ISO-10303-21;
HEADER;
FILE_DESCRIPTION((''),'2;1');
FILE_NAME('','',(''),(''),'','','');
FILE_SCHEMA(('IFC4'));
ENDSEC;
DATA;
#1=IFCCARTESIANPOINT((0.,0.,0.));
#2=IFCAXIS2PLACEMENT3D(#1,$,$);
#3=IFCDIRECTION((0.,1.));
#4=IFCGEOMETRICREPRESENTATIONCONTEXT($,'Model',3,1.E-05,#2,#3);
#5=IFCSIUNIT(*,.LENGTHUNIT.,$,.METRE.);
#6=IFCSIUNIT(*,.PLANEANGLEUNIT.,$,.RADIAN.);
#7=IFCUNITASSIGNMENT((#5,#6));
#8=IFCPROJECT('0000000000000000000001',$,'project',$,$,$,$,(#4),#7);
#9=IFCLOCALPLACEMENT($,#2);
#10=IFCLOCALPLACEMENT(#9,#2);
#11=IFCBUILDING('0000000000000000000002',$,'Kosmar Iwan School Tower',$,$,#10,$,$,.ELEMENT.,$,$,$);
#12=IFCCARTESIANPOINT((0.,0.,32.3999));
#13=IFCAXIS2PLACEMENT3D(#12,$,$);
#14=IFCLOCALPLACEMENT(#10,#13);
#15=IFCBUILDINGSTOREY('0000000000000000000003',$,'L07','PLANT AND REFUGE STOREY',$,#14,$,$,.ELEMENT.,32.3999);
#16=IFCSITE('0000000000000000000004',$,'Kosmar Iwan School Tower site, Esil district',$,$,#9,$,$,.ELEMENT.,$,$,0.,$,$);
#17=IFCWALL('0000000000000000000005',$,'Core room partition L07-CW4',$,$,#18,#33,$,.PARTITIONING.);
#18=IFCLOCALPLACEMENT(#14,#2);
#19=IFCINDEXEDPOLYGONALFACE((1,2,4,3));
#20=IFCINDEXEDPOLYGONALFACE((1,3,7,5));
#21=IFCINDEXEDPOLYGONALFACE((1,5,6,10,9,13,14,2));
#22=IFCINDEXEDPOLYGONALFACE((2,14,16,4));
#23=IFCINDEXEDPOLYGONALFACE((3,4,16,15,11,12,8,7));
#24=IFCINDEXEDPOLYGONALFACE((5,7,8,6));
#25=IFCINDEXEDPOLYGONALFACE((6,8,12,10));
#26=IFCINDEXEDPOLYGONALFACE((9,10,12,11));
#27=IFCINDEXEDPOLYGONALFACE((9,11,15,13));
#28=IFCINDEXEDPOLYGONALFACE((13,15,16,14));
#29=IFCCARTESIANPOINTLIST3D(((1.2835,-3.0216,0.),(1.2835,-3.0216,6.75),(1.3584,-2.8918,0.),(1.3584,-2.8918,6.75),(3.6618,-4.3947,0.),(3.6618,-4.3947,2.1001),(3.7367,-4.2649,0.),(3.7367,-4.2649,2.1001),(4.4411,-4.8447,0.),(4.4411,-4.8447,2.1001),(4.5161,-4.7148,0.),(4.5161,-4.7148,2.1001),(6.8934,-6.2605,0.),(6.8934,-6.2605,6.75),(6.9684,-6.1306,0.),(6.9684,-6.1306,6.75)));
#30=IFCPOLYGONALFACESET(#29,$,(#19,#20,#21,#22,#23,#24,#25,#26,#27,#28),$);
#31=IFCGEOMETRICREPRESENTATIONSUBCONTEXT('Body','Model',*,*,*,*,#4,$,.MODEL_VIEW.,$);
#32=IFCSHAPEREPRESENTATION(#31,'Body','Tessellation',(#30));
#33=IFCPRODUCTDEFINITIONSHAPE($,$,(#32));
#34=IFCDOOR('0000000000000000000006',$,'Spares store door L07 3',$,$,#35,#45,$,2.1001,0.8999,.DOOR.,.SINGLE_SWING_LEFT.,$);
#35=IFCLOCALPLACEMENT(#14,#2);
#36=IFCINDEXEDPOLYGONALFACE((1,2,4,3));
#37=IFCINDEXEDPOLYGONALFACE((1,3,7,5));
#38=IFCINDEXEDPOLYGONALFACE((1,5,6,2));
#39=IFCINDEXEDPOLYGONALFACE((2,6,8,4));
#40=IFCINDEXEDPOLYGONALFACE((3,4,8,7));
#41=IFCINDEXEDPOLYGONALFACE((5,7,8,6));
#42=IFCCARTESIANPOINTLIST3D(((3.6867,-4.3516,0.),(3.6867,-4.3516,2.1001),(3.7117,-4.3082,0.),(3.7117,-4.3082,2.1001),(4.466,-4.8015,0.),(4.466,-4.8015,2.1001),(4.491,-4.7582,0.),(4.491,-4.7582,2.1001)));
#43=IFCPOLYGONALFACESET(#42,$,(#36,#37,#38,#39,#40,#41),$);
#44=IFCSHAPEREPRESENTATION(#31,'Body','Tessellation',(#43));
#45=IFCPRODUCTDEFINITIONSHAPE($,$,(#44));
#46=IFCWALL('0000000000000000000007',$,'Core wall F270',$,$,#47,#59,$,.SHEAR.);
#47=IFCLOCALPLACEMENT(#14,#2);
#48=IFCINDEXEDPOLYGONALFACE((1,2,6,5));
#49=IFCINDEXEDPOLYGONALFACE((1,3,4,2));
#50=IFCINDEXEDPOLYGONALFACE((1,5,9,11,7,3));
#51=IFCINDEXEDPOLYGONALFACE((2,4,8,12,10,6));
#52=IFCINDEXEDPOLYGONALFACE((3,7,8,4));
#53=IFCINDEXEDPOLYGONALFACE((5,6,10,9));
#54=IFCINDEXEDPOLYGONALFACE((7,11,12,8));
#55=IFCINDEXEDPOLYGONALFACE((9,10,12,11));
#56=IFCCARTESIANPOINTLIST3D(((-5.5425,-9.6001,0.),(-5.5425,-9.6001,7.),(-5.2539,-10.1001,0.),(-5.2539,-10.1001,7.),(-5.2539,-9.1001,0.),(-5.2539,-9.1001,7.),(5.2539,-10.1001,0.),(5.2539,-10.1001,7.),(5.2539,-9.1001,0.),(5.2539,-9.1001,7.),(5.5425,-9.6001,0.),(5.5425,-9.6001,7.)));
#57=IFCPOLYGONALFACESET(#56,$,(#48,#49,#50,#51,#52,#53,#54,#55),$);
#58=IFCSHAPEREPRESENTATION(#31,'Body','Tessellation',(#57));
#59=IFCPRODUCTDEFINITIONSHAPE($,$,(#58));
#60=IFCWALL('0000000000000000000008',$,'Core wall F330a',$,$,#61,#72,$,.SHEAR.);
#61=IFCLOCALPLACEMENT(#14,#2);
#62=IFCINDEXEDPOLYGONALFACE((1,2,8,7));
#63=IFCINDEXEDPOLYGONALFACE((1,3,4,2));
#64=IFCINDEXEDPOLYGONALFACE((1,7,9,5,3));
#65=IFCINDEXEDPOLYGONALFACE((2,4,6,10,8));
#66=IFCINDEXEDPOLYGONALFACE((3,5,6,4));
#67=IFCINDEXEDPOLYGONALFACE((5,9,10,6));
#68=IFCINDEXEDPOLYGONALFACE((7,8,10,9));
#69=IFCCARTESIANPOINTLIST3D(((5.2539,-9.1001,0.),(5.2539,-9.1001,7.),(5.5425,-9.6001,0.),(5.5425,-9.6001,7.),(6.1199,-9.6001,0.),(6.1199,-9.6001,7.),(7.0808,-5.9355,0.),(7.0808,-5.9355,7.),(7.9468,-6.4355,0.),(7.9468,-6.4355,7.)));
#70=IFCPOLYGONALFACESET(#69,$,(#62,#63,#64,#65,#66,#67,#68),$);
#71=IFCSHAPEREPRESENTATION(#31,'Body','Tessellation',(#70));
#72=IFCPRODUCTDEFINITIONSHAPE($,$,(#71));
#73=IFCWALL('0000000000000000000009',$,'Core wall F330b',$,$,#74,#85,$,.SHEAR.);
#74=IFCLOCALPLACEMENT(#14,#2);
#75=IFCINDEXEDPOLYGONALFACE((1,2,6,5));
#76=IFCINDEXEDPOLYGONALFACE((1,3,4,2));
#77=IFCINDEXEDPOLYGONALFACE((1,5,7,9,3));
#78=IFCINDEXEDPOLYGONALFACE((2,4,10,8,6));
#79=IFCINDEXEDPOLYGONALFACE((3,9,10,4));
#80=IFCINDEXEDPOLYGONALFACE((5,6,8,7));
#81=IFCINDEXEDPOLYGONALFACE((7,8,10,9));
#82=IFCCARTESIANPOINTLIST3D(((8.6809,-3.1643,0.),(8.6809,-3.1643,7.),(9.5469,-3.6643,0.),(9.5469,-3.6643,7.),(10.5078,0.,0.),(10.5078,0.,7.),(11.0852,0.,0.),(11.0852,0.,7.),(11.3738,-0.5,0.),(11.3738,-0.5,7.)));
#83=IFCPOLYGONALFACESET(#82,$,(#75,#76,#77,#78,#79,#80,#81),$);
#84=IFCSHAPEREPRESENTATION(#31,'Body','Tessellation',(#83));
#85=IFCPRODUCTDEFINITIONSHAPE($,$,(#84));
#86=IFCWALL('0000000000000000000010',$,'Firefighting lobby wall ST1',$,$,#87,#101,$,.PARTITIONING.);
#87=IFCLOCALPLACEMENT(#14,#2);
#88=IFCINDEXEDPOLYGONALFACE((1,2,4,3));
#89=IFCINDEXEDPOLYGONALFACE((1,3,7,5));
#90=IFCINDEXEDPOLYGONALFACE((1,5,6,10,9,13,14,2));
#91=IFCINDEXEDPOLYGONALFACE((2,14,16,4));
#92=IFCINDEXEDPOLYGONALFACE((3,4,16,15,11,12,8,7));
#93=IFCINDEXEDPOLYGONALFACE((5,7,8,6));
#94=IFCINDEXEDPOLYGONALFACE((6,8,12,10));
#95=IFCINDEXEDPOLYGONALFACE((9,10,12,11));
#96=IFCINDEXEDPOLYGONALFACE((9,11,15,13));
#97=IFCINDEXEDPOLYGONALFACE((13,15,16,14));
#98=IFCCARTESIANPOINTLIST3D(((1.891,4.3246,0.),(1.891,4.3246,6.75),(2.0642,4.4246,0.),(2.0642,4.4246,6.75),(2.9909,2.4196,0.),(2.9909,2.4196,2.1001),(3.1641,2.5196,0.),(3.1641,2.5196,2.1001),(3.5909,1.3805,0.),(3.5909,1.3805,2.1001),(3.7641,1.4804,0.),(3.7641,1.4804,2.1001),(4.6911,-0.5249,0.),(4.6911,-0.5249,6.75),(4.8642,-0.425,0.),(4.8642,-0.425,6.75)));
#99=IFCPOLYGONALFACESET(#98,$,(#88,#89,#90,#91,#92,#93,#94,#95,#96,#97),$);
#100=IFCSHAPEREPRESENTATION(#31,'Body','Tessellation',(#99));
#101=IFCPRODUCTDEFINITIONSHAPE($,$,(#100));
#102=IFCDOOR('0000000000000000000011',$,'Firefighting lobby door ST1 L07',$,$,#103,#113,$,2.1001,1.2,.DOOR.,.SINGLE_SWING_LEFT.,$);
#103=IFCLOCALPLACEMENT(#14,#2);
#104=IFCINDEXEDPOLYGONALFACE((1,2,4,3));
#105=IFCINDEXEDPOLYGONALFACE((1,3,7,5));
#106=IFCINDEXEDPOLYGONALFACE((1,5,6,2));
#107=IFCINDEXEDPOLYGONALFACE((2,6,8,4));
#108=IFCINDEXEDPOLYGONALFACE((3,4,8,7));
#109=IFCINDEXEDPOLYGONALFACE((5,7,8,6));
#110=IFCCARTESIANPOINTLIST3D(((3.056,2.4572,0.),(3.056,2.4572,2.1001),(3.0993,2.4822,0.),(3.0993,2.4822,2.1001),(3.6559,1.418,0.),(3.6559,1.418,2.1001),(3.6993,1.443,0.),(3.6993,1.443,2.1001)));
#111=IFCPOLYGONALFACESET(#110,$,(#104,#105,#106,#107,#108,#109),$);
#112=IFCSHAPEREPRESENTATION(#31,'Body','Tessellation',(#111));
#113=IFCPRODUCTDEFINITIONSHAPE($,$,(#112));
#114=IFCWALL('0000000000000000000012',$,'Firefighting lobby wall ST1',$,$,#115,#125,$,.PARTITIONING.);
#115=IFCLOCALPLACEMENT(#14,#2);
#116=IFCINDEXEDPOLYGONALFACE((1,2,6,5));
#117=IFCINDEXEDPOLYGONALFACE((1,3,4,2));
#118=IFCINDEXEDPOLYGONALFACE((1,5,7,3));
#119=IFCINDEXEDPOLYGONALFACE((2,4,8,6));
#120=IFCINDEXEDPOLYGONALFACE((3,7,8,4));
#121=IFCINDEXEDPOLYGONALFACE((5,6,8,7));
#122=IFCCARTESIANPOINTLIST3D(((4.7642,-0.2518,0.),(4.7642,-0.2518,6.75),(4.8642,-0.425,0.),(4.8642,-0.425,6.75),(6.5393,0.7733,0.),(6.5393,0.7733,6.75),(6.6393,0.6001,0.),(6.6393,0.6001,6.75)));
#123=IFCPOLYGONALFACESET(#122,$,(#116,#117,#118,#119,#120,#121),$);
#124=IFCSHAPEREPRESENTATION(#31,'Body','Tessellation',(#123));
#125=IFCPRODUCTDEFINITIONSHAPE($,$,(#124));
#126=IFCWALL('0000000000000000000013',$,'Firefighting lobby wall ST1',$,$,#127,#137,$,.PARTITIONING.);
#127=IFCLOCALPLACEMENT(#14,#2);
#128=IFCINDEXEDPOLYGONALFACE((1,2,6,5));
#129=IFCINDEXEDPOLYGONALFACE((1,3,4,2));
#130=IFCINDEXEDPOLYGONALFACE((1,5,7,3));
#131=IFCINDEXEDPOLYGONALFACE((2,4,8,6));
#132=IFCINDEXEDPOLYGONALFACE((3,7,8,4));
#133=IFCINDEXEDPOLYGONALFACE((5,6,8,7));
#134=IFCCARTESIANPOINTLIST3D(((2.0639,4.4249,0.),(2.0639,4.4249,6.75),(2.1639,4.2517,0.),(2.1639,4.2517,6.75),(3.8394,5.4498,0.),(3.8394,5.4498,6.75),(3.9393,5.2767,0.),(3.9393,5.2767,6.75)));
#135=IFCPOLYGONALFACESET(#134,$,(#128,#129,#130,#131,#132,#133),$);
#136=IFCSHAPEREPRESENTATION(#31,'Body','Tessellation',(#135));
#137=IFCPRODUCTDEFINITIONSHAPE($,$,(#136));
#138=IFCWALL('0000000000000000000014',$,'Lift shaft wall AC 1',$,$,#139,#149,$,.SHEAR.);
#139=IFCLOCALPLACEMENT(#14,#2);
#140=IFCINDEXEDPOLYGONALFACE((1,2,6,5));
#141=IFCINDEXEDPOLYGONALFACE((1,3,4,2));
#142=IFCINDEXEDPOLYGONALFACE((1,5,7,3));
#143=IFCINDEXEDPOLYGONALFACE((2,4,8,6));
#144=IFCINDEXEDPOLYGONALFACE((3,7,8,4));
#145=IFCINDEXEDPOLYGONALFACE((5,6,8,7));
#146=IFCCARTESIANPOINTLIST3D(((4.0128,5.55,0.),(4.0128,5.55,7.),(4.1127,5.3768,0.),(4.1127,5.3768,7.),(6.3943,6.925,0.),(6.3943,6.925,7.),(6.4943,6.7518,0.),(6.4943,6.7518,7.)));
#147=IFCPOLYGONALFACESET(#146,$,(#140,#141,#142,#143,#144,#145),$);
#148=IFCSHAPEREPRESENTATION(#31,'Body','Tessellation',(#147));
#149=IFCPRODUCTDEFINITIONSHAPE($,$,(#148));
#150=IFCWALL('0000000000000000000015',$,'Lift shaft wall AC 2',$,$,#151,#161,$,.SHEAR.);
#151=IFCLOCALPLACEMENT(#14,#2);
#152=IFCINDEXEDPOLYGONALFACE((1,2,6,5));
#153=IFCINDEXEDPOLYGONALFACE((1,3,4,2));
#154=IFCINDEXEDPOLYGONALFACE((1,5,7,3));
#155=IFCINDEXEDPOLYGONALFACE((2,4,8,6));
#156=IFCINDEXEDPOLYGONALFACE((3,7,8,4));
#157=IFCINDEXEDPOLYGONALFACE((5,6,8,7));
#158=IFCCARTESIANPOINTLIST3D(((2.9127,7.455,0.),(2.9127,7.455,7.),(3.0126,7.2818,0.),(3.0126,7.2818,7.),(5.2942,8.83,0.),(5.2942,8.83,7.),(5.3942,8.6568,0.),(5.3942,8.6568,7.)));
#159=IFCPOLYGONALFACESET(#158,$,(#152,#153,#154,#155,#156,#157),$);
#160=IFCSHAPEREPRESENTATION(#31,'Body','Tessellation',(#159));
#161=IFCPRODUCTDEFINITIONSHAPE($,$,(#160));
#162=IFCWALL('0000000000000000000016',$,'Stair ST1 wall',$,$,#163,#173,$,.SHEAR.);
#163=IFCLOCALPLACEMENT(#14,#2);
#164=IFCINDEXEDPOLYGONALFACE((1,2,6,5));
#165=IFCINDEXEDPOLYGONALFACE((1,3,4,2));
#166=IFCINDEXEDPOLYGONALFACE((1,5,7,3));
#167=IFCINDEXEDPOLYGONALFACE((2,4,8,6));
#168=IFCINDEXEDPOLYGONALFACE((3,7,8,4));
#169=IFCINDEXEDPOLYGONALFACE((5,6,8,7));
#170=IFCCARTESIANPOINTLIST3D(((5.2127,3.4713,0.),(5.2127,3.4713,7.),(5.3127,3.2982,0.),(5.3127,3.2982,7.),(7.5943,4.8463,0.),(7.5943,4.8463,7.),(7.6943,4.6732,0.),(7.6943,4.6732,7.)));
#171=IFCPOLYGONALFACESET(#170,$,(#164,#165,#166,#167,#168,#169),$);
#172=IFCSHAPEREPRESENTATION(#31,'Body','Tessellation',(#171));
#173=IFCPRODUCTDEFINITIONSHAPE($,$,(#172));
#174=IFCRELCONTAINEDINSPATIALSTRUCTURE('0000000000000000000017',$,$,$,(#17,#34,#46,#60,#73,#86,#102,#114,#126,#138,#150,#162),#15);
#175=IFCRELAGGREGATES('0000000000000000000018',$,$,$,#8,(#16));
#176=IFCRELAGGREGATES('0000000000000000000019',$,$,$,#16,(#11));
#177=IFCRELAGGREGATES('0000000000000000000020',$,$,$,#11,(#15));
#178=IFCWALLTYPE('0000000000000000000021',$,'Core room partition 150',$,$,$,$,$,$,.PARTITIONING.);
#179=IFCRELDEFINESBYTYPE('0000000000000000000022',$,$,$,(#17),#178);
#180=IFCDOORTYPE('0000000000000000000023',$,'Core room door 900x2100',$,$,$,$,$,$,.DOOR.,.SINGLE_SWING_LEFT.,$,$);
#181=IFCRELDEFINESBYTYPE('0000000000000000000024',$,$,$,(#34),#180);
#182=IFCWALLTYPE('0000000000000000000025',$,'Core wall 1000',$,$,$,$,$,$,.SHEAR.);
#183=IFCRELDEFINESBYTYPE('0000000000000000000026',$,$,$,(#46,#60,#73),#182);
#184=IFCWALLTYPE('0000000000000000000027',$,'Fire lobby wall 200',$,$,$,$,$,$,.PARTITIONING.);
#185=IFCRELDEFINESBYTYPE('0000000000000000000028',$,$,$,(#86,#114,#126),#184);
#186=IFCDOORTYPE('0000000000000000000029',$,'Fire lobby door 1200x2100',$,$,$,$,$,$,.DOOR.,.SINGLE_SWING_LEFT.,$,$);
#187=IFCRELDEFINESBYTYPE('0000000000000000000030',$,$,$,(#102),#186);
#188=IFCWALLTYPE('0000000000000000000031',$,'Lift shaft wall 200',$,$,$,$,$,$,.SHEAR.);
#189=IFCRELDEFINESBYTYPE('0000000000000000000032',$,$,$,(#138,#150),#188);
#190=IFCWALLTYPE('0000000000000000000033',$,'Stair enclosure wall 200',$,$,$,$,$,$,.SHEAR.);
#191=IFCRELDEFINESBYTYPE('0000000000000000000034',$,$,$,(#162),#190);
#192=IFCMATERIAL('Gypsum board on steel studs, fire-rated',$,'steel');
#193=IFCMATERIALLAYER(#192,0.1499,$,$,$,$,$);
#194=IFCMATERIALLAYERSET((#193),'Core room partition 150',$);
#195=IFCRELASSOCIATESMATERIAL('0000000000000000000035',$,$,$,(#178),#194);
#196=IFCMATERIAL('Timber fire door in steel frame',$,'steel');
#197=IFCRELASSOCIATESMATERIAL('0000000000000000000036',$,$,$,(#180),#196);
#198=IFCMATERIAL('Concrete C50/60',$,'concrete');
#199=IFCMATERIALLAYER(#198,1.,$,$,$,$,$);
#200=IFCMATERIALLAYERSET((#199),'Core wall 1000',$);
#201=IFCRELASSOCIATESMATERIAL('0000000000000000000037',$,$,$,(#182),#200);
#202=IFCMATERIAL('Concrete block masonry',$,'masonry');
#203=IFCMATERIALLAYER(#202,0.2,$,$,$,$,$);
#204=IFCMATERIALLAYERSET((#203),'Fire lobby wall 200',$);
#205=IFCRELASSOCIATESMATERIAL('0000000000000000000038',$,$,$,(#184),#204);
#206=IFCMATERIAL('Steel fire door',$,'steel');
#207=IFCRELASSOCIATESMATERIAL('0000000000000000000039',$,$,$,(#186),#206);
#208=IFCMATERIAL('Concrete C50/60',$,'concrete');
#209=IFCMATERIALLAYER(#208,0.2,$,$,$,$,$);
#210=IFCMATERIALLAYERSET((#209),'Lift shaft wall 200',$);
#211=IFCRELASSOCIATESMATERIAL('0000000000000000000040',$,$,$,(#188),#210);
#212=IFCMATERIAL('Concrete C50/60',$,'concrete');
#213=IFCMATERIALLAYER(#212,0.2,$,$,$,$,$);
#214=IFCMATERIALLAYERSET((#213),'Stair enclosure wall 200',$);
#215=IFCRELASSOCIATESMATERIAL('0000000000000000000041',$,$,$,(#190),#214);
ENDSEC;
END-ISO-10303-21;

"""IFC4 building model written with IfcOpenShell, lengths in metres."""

from ifc_helpers import new_model, si_unit, direction, frame, frame_2d, origin, place, context, subcontext, project, spatial, polyline, rectangle, outline, extrude, material, layer, layer_set, type_object, element, fill, save


model = new_model("IFC4")

# Units and contexts
model_context = context("Model", 3, precision=1e-05, world=origin(), true_north=direction((0.0, 1.0)))
body_context = subcontext(model_context, "Body", "Model", "MODEL_VIEW")
ifc_project = project(units=[si_unit("LENGTHUNIT", "METRE"), si_unit("PLANEANGLEUNIT", "RADIAN")], contexts=[model_context])

# Site, building, storey
site_placement = place(None, origin())
site = spatial("IfcSite", under=ifc_project, at=site_placement, Name="Kosmar Iwan School Tower site, Esil district", CompositionType="ELEMENT", RefElevation=0.0)
building_placement = place(site_placement, origin())
building = spatial("IfcBuilding", under=site, at=building_placement, Name="Kosmar Iwan School Tower", CompositionType="ELEMENT")
storey_placement = place(building_placement, frame((0.0, 0.0, 32.3999)))
storey = spatial("IfcBuildingStorey", under=building, at=storey_placement, Name="L07", Description="PLANT AND REFUGE STOREY", CompositionType="ELEMENT", Elevation=32.3999)

# Wall, opening, door
ifc_material_1 = material(Name="Gypsum board on steel studs, fire-rated", Category="steel")
ifc_layer_1 = layer(ifc_material_1, 0.1499)
ifc_layer_set_1 = layer_set([ifc_layer_1], Name="Core room partition 150")
wall_type_1 = type_object("IfcWallType", Name="Core room partition 150", PredefinedType="PARTITIONING", material=ifc_layer_set_1)
wall_1_placement = place(storey_placement, frame((1.321, -2.9568, 0.0), z_axis=(0.0, 0.0, 1.0), x_axis=(0.866031, -0.49999, 0.0)))
wall_1 = element("IfcWall", 1, at=wall_1_placement, inside=storey, type_object=wall_type_1, Name="Core room partition L07-CW4", PredefinedType="PARTITIONING", context=body_context, shape_type="SweptSolid", body=[
    extrude(rectangle(XDim=6.4778, YDim=0.1499, at=frame_2d((3.2388, 0.0))), origin(), (0.0, 0.0, 1.0), 6.75),
])
opening_1_placement = place(wall_1_placement, frame((2.7461, 0.0, 0.0)))
opening_1 = element("IfcOpeningElement", 2, at=opening_1_placement, cuts=wall_1, PredefinedType="OPENING", context=body_context, shape_type="SweptSolid", body=[
    extrude(rectangle(XDim=0.8999, YDim=2.1001, at=frame_2d((0.45, 1.05))), frame((0.0, 0.0869, 0.0), z_axis=(0.0, -1.0, 0.0), x_axis=(1.0, 0.0, 0.0)), (0.0, 0.0, 1.0), 0.1738),
])
ifc_material_2 = material(Name="Timber fire door in steel frame", Category="steel")
door_type_1 = type_object("IfcDoorType", Name="Core room door 900x2100", OperationType="SINGLE_SWING_LEFT", PredefinedType="DOOR", material=ifc_material_2)
door_1_placement = place(opening_1_placement, origin())
door_1 = element("IfcDoor", 3, at=door_1_placement, inside=storey, type_object=door_type_1, Name="Spares store door L07 3", OperationType="SINGLE_SWING_LEFT", OverallHeight=2.1001, OverallWidth=0.8999, PredefinedType="DOOR", context=body_context, shape_type="SweptSolid", body=[
    extrude(rectangle(XDim=0.8999, YDim=2.1001, at=frame_2d((0.45, 1.05))), frame((0.0, 0.0249, 0.0), z_axis=(0.0, -1.0, 0.0), x_axis=(1.0, 0.0, 0.0)), (0.0, 0.0, 1.0), 0.05),
])
fill(opening_1, door_1)

# Walls
ifc_material_3 = material(Name="Concrete C50/60", Category="concrete")
ifc_layer_2 = layer(ifc_material_3, 1.0)
ifc_layer_set_2 = layer_set([ifc_layer_2], Name="Core wall 1000")
wall_type_2 = type_object("IfcWallType", Name="Core wall 1000", PredefinedType="SHEAR", material=ifc_layer_set_2)
wall_2_placement = place(storey_placement, origin())
element("IfcWall", 4, at=wall_2_placement, inside=storey, type_object=wall_type_2, Name="Core wall F270", PredefinedType="SHEAR", context=body_context, shape_type="SweptSolid", body=[
    extrude(outline(polyline([(-5.2539, -10.1001), (5.2539, -10.1001), (5.5425, -9.6001), (5.2539, -9.1001), (-5.2539, -9.1001), (-5.5425, -9.6001), (-5.2539, -10.1001)])), origin(), (0.0, 0.0, 1.0), 7.0),
])
wall_3_placement = place(storey_placement, origin())
element("IfcWall", 5, at=wall_3_placement, inside=storey, type_object=wall_type_2, Name="Core wall F330a", PredefinedType="SHEAR", context=body_context, shape_type="SweptSolid", body=[
    extrude(outline(polyline([(5.5425, -9.6001), (6.1199, -9.6001), (7.9468, -6.4355), (7.0808, -5.9355), (5.2539, -9.1001), (5.5425, -9.6001)])), origin(), (0.0, 0.0, 1.0), 7.0),
])
wall_4_placement = place(storey_placement, origin())
element("IfcWall", 6, at=wall_4_placement, inside=storey, type_object=wall_type_2, Name="Core wall F330b", PredefinedType="SHEAR", context=body_context, shape_type="SweptSolid", body=[
    extrude(outline(polyline([(9.5469, -3.6643), (11.3738, -0.5), (11.0852, 0.0), (10.5078, 0.0), (8.6809, -3.1643), (9.5469, -3.6643)])), origin(), (0.0, 0.0, 1.0), 7.0),
])

# Wall, opening, door
ifc_material_4 = material(Name="Concrete block masonry", Category="masonry")
ifc_layer_3 = layer(ifc_material_4, 0.2)
ifc_layer_set_3 = layer_set([ifc_layer_3], Name="Fire lobby wall 200")
wall_type_3 = type_object("IfcWallType", Name="Fire lobby wall 200", PredefinedType="PARTITIONING", material=ifc_layer_set_3)
wall_5_placement = place(storey_placement, frame((4.7776, -0.4749, 0.0), z_axis=(0.0, 0.0, 1.0), x_axis=(-0.500017, 0.866016, 0.0)))
wall_5 = element("IfcWall", 7, at=wall_5_placement, inside=storey, type_object=wall_type_3, Name="Firefighting lobby wall ST1", PredefinedType="PARTITIONING", context=body_context, shape_type="SweptSolid", body=[
    extrude(rectangle(XDim=5.5999, YDim=0.2, at=frame_2d((2.7998, 0.0))), origin(), (0.0, 0.0, 1.0), 6.75),
])
opening_2_placement = place(wall_5_placement, frame((2.2, 0.0, 0.0)))
opening_2 = element("IfcOpeningElement", 8, at=opening_2_placement, cuts=wall_5, PredefinedType="OPENING", context=body_context, shape_type="SweptSolid", body=[
    extrude(rectangle(XDim=1.2, YDim=2.1001, at=frame_2d((0.6001, 1.05))), frame((0.0, 0.1121, 0.0), z_axis=(0.0, -1.0, 0.0), x_axis=(1.0, 0.0, 0.0)), (0.0, 0.0, 1.0), 0.2239),
])
ifc_material_5 = material(Name="Steel fire door", Category="steel")
door_type_2 = type_object("IfcDoorType", Name="Fire lobby door 1200x2100", OperationType="SINGLE_SWING_LEFT", PredefinedType="DOOR", material=ifc_material_5)
door_2_placement = place(opening_2_placement, origin())
door_2 = element("IfcDoor", 9, at=door_2_placement, inside=storey, type_object=door_type_2, Name="Firefighting lobby door ST1 L07", OperationType="SINGLE_SWING_LEFT", OverallHeight=2.1001, OverallWidth=1.2, PredefinedType="DOOR", context=body_context, shape_type="SweptSolid", body=[
    extrude(rectangle(XDim=1.2, YDim=2.1001, at=frame_2d((0.6001, 1.05))), frame((0.0, 0.0249, 0.0), z_axis=(0.0, -1.0, 0.0), x_axis=(1.0, 0.0, 0.0)), (0.0, 0.0, 1.0), 0.05),
])
fill(opening_2, door_2)

# Walls
wall_6_placement = place(storey_placement, frame((4.8142, -0.3384, 0.0), z_axis=(0.0, 0.0, 1.0), x_axis=(0.865969, 0.500097, 0.0)))
element("IfcWall", 10, at=wall_6_placement, inside=storey, type_object=wall_type_3, Name="Firefighting lobby wall ST1", PredefinedType="PARTITIONING", context=body_context, shape_type="SweptSolid", body=[
    extrude(rectangle(XDim=2.0498, YDim=0.2, at=frame_2d((1.0249, 0.0))), origin(), (0.0, 0.0, 1.0), 6.75),
])
wall_7_placement = place(storey_placement, frame((2.114, 4.3384, 0.0), z_axis=(0.0, 0.0, 1.0), x_axis=(0.866051, 0.499956, 0.0)))
element("IfcWall", 11, at=wall_7_placement, inside=storey, type_object=wall_type_3, Name="Firefighting lobby wall ST1", PredefinedType="PARTITIONING", context=body_context, shape_type="SweptSolid", body=[
    extrude(rectangle(XDim=2.05, YDim=0.2, at=frame_2d((1.0249, 0.0))), origin(), (0.0, 0.0, 1.0), 6.75),
])
ifc_material_6 = material(Name="Concrete C50/60", Category="concrete")
ifc_layer_4 = layer(ifc_material_6, 0.2)
ifc_layer_set_4 = layer_set([ifc_layer_4], Name="Lift shaft wall 200")
wall_type_4 = type_object("IfcWallType", Name="Lift shaft wall 200", PredefinedType="SHEAR", material=ifc_layer_set_4)
for number, where, z_axis, x_axis, name in (
    (12, (4.0627, 5.4634, 0.0), (0.0, 0.0, 1.0), (0.866027, 0.499997, 0.0), "Lift shaft wall AC 1"),
    (13, (2.9626, 7.3684, 0.0), (0.0, 0.0, 1.0), (0.866027, 0.499997, 0.0), "Lift shaft wall AC 2"),
):
    element("IfcWall", number, at=place(storey_placement, frame(where, z_axis=z_axis, x_axis=x_axis)), inside=storey, type_object=wall_type_4, Name=name, PredefinedType="SHEAR", context=body_context, shape_type="SweptSolid", body=[
        extrude(rectangle(XDim=2.75, YDim=0.2, at=frame_2d((1.375, 0.0))), origin(), (0.0, 0.0, 1.0), 7.0),
    ])
ifc_material_7 = material(Name="Concrete C50/60", Category="concrete")
ifc_layer_5 = layer(ifc_material_7, 0.2)
ifc_layer_set_5 = layer_set([ifc_layer_5], Name="Stair enclosure wall 200")
wall_type_5 = type_object("IfcWallType", Name="Stair enclosure wall 200", PredefinedType="SHEAR", material=ifc_layer_set_5)
wall_8_placement = place(storey_placement, frame((5.2627, 3.3848, 0.0), z_axis=(0.0, 0.0, 1.0), x_axis=(0.866027, 0.499997, 0.0)))
element("IfcWall", 14, at=wall_8_placement, inside=storey, type_object=wall_type_5, Name="Stair ST1 wall", PredefinedType="SHEAR", context=body_context, shape_type="SweptSolid", body=[
    extrude(rectangle(XDim=2.75, YDim=0.2, at=frame_2d((1.375, 0.0))), origin(), (0.0, 0.0, 1.0), 7.0),
])

save(model, "model.ifc")
